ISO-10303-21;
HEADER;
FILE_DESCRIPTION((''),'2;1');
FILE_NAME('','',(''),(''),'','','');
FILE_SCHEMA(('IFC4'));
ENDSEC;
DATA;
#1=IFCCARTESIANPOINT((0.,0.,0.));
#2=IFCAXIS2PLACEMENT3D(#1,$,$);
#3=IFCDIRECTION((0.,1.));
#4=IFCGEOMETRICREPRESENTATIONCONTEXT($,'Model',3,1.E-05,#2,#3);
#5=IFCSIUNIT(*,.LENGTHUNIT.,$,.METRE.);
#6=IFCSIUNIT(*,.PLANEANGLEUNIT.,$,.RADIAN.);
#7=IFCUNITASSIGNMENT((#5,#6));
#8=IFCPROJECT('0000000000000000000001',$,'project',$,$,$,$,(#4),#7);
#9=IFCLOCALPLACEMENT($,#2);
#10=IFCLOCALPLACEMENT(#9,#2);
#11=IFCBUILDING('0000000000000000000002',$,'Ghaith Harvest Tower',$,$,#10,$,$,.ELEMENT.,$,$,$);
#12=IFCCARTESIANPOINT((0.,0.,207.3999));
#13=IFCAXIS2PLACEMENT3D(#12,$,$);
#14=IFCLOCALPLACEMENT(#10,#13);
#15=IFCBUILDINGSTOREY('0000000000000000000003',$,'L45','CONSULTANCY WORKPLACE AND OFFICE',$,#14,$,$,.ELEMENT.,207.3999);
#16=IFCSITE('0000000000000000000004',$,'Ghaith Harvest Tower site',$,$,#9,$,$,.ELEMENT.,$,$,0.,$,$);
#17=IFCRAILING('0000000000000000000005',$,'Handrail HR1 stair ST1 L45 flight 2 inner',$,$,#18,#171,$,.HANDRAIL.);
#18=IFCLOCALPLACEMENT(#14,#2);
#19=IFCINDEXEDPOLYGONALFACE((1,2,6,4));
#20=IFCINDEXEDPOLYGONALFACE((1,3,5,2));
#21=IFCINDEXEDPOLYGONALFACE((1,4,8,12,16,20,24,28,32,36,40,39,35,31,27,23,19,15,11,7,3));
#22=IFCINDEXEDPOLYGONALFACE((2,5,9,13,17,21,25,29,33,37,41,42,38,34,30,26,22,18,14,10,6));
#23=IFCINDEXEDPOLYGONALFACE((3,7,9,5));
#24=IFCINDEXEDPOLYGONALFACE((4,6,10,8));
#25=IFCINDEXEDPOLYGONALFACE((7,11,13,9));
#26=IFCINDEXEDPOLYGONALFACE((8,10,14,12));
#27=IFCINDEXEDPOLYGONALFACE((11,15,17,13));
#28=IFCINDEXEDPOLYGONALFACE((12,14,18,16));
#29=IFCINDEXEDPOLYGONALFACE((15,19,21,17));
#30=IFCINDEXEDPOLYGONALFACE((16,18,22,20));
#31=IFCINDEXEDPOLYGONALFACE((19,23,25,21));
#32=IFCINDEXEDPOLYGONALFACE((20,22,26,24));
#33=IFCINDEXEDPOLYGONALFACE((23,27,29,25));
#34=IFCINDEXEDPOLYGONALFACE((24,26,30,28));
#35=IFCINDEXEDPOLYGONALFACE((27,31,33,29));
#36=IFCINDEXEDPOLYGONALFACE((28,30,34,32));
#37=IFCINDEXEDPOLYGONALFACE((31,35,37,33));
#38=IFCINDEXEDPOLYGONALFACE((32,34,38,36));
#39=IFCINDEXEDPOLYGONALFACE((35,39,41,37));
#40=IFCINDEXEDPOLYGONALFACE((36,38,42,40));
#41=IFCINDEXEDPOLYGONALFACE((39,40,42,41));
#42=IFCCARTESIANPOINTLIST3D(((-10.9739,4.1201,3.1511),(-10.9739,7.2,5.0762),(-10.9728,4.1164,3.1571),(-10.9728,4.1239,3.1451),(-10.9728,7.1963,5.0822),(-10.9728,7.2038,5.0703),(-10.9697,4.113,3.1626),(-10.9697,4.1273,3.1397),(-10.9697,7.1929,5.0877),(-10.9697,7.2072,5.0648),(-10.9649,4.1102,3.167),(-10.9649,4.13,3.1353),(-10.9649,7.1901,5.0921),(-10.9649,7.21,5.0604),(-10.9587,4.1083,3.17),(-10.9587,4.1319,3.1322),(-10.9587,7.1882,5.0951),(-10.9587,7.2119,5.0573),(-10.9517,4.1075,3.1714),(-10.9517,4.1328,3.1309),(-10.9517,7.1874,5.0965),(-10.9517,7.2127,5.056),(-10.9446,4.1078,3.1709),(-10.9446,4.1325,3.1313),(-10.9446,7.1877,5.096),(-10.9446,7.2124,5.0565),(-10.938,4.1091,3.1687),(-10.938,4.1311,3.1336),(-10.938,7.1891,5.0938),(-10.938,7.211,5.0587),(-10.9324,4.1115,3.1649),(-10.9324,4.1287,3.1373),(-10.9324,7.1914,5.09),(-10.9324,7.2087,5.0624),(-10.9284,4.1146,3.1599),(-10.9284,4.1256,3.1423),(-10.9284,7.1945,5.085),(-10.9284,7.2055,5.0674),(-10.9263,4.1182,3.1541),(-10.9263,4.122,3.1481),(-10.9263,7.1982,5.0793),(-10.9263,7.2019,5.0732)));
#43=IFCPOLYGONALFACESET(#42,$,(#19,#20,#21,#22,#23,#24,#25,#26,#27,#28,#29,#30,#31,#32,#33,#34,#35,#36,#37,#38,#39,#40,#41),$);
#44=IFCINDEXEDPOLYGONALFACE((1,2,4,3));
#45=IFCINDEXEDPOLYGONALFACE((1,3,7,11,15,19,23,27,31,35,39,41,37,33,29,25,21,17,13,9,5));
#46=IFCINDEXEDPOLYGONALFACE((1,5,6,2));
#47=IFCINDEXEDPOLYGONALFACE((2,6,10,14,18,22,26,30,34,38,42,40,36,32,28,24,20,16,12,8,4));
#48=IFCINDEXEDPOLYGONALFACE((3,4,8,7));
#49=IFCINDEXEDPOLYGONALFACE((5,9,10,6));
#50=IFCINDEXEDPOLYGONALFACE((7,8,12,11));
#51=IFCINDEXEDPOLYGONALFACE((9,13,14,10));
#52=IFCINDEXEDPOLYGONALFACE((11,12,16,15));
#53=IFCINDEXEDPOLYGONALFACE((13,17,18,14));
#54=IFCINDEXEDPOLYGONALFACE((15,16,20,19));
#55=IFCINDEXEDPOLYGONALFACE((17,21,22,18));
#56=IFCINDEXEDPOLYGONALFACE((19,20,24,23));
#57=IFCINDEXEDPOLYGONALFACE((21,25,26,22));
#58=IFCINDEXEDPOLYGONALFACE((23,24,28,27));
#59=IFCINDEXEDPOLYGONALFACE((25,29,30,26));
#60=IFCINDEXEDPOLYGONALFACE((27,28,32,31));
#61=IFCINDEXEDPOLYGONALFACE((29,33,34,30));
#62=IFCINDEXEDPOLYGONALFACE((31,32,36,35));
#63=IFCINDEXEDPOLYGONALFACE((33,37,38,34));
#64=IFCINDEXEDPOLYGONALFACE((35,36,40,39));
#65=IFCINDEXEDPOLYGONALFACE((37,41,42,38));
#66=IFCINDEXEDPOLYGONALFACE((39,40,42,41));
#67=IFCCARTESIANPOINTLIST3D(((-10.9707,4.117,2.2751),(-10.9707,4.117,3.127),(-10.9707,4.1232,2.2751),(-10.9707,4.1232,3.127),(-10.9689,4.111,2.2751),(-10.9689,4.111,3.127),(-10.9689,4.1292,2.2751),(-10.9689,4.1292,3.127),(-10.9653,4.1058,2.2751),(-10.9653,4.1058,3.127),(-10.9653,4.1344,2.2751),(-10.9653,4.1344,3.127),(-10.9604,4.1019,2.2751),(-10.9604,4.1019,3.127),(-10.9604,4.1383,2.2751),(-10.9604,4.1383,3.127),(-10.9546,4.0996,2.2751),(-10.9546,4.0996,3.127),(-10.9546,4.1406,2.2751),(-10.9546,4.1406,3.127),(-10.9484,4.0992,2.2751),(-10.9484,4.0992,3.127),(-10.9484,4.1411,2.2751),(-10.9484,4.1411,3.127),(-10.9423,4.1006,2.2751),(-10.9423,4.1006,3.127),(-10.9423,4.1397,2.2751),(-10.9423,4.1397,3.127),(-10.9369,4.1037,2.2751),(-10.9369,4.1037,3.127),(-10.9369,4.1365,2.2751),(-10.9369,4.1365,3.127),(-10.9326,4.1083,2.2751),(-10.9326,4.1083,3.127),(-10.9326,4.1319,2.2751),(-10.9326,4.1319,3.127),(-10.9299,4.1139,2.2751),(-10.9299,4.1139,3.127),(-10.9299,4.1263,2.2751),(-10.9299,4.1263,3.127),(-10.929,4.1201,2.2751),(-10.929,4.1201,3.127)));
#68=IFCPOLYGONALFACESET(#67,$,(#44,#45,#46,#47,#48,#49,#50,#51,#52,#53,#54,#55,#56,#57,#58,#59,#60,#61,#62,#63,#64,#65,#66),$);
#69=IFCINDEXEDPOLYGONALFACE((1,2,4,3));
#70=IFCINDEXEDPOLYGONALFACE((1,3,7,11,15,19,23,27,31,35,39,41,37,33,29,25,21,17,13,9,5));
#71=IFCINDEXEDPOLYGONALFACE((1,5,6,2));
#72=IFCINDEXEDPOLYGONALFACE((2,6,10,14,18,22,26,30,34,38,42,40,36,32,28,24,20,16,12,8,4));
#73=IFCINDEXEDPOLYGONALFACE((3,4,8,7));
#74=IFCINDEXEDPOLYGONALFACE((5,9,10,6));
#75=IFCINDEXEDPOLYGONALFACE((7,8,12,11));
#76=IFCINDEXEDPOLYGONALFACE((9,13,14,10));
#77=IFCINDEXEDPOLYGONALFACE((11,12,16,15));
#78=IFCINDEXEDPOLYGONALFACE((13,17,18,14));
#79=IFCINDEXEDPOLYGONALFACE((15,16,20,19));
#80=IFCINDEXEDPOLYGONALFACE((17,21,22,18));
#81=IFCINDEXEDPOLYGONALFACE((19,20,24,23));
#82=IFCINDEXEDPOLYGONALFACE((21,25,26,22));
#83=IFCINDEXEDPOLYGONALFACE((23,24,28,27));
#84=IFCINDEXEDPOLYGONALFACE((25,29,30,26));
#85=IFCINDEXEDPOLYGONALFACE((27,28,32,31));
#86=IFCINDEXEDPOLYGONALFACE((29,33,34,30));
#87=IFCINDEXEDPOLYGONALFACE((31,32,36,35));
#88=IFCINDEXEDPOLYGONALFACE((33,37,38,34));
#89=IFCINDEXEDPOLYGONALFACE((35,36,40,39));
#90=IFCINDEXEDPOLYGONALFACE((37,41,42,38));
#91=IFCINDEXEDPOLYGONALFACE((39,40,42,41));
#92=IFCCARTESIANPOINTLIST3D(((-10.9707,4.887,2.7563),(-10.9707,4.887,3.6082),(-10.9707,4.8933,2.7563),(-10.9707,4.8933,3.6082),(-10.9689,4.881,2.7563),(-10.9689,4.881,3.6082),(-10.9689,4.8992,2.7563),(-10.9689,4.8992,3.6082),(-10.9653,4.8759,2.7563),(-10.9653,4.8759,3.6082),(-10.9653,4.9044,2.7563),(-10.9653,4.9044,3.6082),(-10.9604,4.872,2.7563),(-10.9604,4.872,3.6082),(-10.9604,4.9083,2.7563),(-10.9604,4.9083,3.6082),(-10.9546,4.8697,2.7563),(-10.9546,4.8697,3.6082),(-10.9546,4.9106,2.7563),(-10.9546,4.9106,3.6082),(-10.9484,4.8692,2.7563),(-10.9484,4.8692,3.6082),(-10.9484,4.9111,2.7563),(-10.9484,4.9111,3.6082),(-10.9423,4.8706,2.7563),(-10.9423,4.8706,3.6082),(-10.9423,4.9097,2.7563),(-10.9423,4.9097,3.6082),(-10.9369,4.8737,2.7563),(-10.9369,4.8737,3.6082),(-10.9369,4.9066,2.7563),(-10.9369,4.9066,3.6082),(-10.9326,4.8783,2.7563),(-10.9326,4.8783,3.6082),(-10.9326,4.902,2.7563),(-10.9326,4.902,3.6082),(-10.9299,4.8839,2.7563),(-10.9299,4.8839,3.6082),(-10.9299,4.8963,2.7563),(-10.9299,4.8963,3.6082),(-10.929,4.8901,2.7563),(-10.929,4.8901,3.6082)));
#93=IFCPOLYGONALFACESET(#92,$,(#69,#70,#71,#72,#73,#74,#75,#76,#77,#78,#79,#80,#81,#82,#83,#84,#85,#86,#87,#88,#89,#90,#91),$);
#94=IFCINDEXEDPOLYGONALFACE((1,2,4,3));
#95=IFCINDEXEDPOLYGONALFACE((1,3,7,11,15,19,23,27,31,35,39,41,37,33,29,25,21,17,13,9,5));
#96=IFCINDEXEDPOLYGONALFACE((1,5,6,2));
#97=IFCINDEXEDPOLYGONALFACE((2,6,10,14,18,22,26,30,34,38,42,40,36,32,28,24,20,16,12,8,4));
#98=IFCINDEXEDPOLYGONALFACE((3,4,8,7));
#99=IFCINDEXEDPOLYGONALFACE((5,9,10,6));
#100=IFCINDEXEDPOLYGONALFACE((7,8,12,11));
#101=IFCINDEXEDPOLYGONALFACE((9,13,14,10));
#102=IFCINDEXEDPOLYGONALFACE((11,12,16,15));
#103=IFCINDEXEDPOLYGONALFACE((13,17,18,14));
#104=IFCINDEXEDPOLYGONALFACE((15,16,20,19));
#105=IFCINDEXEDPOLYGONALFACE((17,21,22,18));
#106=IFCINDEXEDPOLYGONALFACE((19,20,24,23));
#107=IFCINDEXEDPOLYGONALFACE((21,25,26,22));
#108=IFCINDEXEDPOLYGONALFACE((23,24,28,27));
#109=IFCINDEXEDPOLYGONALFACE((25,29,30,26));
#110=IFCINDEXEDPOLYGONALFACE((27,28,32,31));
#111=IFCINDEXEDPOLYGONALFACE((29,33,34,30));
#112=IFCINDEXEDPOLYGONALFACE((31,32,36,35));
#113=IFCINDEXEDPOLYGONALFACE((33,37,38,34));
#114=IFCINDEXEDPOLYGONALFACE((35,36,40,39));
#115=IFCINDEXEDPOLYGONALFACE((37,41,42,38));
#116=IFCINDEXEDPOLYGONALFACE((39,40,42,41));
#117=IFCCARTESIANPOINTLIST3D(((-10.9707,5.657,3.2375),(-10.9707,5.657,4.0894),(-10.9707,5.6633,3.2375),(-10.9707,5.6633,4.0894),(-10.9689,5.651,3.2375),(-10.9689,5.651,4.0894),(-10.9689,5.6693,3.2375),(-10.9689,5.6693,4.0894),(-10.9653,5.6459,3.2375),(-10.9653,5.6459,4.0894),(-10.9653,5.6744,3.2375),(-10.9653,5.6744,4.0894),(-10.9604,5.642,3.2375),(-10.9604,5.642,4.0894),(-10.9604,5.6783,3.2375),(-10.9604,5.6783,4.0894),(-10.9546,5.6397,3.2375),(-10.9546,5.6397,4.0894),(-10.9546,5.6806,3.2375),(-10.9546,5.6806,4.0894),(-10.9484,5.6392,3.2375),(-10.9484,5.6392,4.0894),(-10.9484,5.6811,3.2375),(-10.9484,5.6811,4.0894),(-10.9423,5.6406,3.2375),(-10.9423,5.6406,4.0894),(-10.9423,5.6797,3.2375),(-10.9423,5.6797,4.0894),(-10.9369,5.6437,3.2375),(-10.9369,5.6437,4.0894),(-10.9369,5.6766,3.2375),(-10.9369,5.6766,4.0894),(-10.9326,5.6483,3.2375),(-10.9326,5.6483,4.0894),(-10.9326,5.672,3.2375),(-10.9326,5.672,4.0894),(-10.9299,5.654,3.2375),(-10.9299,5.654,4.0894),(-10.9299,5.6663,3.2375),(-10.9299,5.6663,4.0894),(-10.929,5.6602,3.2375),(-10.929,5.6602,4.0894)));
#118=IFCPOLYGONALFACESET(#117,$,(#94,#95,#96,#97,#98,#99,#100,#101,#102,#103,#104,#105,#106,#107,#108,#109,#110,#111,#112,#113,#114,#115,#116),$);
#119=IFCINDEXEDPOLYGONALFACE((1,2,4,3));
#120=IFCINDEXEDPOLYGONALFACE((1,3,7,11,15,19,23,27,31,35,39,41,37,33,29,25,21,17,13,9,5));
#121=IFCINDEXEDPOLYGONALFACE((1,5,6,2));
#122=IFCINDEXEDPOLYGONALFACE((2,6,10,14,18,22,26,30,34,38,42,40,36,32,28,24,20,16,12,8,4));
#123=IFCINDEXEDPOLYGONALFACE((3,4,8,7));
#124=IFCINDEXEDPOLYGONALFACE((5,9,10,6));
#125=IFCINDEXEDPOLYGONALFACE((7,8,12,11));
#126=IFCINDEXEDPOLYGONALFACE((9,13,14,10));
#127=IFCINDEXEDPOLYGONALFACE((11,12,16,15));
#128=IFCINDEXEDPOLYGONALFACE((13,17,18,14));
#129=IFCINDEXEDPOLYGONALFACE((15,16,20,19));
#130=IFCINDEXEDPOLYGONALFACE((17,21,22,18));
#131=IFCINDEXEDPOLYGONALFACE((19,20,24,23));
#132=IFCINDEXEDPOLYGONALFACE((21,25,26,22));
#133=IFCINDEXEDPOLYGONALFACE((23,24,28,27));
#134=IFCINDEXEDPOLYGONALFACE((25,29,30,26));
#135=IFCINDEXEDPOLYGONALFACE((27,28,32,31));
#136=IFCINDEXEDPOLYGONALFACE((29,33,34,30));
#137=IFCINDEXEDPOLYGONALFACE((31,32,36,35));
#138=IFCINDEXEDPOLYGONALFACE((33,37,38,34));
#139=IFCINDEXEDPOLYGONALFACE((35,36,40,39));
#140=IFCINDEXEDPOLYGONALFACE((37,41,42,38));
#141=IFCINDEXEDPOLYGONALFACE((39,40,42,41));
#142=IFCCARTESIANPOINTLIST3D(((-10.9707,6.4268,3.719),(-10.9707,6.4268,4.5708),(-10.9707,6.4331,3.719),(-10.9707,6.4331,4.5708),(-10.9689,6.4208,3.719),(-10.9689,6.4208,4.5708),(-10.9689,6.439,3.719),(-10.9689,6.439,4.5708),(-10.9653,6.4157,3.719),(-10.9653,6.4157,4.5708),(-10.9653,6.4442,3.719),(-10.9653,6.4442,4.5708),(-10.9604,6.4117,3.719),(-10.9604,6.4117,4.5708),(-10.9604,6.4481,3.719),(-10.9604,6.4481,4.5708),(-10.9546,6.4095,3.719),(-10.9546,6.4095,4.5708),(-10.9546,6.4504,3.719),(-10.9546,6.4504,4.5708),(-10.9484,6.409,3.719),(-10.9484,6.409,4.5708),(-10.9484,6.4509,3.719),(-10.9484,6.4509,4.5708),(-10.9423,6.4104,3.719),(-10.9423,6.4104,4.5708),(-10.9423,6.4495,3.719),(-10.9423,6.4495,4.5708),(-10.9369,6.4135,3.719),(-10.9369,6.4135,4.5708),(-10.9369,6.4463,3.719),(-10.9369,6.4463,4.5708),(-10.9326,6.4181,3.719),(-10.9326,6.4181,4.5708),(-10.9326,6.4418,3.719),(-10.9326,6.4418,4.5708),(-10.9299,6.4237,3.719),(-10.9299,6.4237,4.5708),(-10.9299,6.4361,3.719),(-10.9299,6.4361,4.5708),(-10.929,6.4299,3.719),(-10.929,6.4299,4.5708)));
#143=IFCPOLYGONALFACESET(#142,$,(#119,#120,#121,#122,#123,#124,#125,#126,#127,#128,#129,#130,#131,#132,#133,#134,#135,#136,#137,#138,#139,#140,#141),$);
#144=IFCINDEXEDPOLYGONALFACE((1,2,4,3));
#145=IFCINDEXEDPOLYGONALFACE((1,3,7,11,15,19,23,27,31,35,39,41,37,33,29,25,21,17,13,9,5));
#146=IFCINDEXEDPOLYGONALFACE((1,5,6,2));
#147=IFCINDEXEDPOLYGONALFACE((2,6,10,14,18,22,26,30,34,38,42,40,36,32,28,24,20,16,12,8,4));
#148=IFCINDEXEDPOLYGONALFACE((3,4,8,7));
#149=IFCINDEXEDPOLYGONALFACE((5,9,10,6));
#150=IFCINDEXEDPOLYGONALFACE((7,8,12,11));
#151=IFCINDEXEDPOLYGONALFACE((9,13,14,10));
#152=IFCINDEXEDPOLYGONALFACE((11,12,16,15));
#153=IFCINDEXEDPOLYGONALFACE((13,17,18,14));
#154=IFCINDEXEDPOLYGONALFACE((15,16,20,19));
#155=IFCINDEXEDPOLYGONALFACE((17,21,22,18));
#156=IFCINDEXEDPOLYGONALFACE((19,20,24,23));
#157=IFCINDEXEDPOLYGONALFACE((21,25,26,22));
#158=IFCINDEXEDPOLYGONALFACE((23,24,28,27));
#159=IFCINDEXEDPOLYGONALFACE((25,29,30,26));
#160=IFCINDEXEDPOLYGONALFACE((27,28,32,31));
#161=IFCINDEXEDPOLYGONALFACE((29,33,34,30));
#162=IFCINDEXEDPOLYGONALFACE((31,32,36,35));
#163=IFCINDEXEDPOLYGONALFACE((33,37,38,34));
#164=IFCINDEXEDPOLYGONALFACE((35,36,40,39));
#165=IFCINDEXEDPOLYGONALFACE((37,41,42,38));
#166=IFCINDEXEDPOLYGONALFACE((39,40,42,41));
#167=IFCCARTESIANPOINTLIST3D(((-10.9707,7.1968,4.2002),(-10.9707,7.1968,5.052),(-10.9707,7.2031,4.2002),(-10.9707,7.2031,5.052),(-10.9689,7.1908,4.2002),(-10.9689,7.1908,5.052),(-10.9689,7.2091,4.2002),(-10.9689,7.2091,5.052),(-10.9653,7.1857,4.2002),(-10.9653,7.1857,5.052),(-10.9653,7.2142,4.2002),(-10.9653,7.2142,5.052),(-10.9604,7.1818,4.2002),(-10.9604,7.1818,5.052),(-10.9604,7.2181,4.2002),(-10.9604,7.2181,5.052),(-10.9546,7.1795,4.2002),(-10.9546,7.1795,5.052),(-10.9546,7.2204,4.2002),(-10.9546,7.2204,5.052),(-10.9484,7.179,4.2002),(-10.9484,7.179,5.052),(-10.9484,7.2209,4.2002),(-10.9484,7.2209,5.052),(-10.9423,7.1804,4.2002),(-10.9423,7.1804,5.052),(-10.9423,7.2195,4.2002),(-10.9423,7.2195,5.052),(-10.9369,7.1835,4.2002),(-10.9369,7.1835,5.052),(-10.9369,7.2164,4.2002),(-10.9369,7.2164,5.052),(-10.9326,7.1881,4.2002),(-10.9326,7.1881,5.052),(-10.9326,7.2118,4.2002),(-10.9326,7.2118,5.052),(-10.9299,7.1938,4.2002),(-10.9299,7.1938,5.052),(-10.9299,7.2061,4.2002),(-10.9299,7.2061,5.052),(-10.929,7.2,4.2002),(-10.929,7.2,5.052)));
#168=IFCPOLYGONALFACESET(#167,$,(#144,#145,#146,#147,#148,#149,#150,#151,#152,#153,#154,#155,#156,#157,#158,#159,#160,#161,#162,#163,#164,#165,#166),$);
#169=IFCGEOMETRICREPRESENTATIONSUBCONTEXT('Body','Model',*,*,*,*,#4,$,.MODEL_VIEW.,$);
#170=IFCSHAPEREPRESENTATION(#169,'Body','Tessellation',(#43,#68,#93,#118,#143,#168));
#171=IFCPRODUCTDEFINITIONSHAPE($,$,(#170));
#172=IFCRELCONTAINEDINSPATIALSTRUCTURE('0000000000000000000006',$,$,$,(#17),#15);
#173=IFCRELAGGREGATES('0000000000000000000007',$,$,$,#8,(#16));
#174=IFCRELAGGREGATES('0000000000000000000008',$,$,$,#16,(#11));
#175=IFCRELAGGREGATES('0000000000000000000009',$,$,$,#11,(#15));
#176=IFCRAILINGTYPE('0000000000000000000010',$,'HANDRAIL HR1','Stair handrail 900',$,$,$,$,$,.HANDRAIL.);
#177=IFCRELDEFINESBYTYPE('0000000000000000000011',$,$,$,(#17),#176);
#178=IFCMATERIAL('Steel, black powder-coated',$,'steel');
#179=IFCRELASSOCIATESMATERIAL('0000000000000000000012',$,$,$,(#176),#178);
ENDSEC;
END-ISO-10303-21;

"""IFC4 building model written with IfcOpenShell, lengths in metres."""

from ifc_helpers import new_model, si_unit, direction, frame, origin, origin_2d, place, context, subcontext, project, spatial, circle, extrude, material, type_object, element, save


model = new_model("IFC4")

# Units and contexts
model_context = context("Model", 3, precision=1e-05, world=origin(), true_north=direction((0.0, 1.0)))
body_context = subcontext(model_context, "Body", "Model", "MODEL_VIEW")
ifc_project = project(units=[si_unit("LENGTHUNIT", "METRE"), si_unit("PLANEANGLEUNIT", "RADIAN")], contexts=[model_context])

# Site, building, storey
site_placement = place(None, origin())
site = spatial("IfcSite", under=ifc_project, at=site_placement, Name="Ghaith Harvest Tower site", CompositionType="ELEMENT", RefElevation=0.0)
building_placement = place(site_placement, origin())
building = spatial("IfcBuilding", under=site, at=building_placement, Name="Ghaith Harvest Tower", CompositionType="ELEMENT")
storey_placement = place(building_placement, frame((0.0, 0.0, 207.3999)))
storey = spatial("IfcBuildingStorey", under=building, at=storey_placement, Name="L45", Description="CONSULTANCY WORKPLACE AND OFFICE", CompositionType="ELEMENT", Elevation=207.3999)

# Railing
ifc_material_1 = material(Name="Steel, black powder-coated", Category="steel")
railing_type = type_object("IfcRailingType", Name="HANDRAIL HR1", Description="Stair handrail 900", PredefinedType="HANDRAIL", material=ifc_material_1)
railing_1_placement = place(storey_placement, frame((-10.95, 4.1201, 2.2751)))
element("IfcRailing", 1, at=railing_1_placement, inside=storey, type_object=railing_type, Name="Handrail HR1 stair ST1 L45 flight 2 inner", PredefinedType="HANDRAIL", context=body_context, shape_type="SweptSolid", body=[
    extrude(circle(Radius=0.0239, at=origin_2d()), frame((0.0, 0.0, 0.876), z_axis=(0.0, 0.847979, 0.530029), x_axis=(-1.0, 0.0, 0.0)), (0.0, 0.0, 1.0), 3.6321),
    extrude(circle(Radius=0.021, at=origin_2d()), origin(), (0.0, 0.0, 1.0), 0.8518),
    extrude(circle(Radius=0.021, at=origin_2d()), frame((0.0, 0.77, 0.4812)), (0.0, 0.0, 1.0), 0.8518),
    extrude(circle(Radius=0.021, at=origin_2d()), frame((0.0, 1.54, 0.9624)), (0.0, 0.0, 1.0), 0.8518),
    extrude(circle(Radius=0.021, at=origin_2d()), frame((0.0, 2.3098, 1.4438)), (0.0, 0.0, 1.0), 0.8518),
    extrude(circle(Radius=0.021, at=origin_2d()), frame((0.0, 3.0798, 1.925)), (0.0, 0.0, 1.0), 0.8518),
])

save(model, "model.ifc")
